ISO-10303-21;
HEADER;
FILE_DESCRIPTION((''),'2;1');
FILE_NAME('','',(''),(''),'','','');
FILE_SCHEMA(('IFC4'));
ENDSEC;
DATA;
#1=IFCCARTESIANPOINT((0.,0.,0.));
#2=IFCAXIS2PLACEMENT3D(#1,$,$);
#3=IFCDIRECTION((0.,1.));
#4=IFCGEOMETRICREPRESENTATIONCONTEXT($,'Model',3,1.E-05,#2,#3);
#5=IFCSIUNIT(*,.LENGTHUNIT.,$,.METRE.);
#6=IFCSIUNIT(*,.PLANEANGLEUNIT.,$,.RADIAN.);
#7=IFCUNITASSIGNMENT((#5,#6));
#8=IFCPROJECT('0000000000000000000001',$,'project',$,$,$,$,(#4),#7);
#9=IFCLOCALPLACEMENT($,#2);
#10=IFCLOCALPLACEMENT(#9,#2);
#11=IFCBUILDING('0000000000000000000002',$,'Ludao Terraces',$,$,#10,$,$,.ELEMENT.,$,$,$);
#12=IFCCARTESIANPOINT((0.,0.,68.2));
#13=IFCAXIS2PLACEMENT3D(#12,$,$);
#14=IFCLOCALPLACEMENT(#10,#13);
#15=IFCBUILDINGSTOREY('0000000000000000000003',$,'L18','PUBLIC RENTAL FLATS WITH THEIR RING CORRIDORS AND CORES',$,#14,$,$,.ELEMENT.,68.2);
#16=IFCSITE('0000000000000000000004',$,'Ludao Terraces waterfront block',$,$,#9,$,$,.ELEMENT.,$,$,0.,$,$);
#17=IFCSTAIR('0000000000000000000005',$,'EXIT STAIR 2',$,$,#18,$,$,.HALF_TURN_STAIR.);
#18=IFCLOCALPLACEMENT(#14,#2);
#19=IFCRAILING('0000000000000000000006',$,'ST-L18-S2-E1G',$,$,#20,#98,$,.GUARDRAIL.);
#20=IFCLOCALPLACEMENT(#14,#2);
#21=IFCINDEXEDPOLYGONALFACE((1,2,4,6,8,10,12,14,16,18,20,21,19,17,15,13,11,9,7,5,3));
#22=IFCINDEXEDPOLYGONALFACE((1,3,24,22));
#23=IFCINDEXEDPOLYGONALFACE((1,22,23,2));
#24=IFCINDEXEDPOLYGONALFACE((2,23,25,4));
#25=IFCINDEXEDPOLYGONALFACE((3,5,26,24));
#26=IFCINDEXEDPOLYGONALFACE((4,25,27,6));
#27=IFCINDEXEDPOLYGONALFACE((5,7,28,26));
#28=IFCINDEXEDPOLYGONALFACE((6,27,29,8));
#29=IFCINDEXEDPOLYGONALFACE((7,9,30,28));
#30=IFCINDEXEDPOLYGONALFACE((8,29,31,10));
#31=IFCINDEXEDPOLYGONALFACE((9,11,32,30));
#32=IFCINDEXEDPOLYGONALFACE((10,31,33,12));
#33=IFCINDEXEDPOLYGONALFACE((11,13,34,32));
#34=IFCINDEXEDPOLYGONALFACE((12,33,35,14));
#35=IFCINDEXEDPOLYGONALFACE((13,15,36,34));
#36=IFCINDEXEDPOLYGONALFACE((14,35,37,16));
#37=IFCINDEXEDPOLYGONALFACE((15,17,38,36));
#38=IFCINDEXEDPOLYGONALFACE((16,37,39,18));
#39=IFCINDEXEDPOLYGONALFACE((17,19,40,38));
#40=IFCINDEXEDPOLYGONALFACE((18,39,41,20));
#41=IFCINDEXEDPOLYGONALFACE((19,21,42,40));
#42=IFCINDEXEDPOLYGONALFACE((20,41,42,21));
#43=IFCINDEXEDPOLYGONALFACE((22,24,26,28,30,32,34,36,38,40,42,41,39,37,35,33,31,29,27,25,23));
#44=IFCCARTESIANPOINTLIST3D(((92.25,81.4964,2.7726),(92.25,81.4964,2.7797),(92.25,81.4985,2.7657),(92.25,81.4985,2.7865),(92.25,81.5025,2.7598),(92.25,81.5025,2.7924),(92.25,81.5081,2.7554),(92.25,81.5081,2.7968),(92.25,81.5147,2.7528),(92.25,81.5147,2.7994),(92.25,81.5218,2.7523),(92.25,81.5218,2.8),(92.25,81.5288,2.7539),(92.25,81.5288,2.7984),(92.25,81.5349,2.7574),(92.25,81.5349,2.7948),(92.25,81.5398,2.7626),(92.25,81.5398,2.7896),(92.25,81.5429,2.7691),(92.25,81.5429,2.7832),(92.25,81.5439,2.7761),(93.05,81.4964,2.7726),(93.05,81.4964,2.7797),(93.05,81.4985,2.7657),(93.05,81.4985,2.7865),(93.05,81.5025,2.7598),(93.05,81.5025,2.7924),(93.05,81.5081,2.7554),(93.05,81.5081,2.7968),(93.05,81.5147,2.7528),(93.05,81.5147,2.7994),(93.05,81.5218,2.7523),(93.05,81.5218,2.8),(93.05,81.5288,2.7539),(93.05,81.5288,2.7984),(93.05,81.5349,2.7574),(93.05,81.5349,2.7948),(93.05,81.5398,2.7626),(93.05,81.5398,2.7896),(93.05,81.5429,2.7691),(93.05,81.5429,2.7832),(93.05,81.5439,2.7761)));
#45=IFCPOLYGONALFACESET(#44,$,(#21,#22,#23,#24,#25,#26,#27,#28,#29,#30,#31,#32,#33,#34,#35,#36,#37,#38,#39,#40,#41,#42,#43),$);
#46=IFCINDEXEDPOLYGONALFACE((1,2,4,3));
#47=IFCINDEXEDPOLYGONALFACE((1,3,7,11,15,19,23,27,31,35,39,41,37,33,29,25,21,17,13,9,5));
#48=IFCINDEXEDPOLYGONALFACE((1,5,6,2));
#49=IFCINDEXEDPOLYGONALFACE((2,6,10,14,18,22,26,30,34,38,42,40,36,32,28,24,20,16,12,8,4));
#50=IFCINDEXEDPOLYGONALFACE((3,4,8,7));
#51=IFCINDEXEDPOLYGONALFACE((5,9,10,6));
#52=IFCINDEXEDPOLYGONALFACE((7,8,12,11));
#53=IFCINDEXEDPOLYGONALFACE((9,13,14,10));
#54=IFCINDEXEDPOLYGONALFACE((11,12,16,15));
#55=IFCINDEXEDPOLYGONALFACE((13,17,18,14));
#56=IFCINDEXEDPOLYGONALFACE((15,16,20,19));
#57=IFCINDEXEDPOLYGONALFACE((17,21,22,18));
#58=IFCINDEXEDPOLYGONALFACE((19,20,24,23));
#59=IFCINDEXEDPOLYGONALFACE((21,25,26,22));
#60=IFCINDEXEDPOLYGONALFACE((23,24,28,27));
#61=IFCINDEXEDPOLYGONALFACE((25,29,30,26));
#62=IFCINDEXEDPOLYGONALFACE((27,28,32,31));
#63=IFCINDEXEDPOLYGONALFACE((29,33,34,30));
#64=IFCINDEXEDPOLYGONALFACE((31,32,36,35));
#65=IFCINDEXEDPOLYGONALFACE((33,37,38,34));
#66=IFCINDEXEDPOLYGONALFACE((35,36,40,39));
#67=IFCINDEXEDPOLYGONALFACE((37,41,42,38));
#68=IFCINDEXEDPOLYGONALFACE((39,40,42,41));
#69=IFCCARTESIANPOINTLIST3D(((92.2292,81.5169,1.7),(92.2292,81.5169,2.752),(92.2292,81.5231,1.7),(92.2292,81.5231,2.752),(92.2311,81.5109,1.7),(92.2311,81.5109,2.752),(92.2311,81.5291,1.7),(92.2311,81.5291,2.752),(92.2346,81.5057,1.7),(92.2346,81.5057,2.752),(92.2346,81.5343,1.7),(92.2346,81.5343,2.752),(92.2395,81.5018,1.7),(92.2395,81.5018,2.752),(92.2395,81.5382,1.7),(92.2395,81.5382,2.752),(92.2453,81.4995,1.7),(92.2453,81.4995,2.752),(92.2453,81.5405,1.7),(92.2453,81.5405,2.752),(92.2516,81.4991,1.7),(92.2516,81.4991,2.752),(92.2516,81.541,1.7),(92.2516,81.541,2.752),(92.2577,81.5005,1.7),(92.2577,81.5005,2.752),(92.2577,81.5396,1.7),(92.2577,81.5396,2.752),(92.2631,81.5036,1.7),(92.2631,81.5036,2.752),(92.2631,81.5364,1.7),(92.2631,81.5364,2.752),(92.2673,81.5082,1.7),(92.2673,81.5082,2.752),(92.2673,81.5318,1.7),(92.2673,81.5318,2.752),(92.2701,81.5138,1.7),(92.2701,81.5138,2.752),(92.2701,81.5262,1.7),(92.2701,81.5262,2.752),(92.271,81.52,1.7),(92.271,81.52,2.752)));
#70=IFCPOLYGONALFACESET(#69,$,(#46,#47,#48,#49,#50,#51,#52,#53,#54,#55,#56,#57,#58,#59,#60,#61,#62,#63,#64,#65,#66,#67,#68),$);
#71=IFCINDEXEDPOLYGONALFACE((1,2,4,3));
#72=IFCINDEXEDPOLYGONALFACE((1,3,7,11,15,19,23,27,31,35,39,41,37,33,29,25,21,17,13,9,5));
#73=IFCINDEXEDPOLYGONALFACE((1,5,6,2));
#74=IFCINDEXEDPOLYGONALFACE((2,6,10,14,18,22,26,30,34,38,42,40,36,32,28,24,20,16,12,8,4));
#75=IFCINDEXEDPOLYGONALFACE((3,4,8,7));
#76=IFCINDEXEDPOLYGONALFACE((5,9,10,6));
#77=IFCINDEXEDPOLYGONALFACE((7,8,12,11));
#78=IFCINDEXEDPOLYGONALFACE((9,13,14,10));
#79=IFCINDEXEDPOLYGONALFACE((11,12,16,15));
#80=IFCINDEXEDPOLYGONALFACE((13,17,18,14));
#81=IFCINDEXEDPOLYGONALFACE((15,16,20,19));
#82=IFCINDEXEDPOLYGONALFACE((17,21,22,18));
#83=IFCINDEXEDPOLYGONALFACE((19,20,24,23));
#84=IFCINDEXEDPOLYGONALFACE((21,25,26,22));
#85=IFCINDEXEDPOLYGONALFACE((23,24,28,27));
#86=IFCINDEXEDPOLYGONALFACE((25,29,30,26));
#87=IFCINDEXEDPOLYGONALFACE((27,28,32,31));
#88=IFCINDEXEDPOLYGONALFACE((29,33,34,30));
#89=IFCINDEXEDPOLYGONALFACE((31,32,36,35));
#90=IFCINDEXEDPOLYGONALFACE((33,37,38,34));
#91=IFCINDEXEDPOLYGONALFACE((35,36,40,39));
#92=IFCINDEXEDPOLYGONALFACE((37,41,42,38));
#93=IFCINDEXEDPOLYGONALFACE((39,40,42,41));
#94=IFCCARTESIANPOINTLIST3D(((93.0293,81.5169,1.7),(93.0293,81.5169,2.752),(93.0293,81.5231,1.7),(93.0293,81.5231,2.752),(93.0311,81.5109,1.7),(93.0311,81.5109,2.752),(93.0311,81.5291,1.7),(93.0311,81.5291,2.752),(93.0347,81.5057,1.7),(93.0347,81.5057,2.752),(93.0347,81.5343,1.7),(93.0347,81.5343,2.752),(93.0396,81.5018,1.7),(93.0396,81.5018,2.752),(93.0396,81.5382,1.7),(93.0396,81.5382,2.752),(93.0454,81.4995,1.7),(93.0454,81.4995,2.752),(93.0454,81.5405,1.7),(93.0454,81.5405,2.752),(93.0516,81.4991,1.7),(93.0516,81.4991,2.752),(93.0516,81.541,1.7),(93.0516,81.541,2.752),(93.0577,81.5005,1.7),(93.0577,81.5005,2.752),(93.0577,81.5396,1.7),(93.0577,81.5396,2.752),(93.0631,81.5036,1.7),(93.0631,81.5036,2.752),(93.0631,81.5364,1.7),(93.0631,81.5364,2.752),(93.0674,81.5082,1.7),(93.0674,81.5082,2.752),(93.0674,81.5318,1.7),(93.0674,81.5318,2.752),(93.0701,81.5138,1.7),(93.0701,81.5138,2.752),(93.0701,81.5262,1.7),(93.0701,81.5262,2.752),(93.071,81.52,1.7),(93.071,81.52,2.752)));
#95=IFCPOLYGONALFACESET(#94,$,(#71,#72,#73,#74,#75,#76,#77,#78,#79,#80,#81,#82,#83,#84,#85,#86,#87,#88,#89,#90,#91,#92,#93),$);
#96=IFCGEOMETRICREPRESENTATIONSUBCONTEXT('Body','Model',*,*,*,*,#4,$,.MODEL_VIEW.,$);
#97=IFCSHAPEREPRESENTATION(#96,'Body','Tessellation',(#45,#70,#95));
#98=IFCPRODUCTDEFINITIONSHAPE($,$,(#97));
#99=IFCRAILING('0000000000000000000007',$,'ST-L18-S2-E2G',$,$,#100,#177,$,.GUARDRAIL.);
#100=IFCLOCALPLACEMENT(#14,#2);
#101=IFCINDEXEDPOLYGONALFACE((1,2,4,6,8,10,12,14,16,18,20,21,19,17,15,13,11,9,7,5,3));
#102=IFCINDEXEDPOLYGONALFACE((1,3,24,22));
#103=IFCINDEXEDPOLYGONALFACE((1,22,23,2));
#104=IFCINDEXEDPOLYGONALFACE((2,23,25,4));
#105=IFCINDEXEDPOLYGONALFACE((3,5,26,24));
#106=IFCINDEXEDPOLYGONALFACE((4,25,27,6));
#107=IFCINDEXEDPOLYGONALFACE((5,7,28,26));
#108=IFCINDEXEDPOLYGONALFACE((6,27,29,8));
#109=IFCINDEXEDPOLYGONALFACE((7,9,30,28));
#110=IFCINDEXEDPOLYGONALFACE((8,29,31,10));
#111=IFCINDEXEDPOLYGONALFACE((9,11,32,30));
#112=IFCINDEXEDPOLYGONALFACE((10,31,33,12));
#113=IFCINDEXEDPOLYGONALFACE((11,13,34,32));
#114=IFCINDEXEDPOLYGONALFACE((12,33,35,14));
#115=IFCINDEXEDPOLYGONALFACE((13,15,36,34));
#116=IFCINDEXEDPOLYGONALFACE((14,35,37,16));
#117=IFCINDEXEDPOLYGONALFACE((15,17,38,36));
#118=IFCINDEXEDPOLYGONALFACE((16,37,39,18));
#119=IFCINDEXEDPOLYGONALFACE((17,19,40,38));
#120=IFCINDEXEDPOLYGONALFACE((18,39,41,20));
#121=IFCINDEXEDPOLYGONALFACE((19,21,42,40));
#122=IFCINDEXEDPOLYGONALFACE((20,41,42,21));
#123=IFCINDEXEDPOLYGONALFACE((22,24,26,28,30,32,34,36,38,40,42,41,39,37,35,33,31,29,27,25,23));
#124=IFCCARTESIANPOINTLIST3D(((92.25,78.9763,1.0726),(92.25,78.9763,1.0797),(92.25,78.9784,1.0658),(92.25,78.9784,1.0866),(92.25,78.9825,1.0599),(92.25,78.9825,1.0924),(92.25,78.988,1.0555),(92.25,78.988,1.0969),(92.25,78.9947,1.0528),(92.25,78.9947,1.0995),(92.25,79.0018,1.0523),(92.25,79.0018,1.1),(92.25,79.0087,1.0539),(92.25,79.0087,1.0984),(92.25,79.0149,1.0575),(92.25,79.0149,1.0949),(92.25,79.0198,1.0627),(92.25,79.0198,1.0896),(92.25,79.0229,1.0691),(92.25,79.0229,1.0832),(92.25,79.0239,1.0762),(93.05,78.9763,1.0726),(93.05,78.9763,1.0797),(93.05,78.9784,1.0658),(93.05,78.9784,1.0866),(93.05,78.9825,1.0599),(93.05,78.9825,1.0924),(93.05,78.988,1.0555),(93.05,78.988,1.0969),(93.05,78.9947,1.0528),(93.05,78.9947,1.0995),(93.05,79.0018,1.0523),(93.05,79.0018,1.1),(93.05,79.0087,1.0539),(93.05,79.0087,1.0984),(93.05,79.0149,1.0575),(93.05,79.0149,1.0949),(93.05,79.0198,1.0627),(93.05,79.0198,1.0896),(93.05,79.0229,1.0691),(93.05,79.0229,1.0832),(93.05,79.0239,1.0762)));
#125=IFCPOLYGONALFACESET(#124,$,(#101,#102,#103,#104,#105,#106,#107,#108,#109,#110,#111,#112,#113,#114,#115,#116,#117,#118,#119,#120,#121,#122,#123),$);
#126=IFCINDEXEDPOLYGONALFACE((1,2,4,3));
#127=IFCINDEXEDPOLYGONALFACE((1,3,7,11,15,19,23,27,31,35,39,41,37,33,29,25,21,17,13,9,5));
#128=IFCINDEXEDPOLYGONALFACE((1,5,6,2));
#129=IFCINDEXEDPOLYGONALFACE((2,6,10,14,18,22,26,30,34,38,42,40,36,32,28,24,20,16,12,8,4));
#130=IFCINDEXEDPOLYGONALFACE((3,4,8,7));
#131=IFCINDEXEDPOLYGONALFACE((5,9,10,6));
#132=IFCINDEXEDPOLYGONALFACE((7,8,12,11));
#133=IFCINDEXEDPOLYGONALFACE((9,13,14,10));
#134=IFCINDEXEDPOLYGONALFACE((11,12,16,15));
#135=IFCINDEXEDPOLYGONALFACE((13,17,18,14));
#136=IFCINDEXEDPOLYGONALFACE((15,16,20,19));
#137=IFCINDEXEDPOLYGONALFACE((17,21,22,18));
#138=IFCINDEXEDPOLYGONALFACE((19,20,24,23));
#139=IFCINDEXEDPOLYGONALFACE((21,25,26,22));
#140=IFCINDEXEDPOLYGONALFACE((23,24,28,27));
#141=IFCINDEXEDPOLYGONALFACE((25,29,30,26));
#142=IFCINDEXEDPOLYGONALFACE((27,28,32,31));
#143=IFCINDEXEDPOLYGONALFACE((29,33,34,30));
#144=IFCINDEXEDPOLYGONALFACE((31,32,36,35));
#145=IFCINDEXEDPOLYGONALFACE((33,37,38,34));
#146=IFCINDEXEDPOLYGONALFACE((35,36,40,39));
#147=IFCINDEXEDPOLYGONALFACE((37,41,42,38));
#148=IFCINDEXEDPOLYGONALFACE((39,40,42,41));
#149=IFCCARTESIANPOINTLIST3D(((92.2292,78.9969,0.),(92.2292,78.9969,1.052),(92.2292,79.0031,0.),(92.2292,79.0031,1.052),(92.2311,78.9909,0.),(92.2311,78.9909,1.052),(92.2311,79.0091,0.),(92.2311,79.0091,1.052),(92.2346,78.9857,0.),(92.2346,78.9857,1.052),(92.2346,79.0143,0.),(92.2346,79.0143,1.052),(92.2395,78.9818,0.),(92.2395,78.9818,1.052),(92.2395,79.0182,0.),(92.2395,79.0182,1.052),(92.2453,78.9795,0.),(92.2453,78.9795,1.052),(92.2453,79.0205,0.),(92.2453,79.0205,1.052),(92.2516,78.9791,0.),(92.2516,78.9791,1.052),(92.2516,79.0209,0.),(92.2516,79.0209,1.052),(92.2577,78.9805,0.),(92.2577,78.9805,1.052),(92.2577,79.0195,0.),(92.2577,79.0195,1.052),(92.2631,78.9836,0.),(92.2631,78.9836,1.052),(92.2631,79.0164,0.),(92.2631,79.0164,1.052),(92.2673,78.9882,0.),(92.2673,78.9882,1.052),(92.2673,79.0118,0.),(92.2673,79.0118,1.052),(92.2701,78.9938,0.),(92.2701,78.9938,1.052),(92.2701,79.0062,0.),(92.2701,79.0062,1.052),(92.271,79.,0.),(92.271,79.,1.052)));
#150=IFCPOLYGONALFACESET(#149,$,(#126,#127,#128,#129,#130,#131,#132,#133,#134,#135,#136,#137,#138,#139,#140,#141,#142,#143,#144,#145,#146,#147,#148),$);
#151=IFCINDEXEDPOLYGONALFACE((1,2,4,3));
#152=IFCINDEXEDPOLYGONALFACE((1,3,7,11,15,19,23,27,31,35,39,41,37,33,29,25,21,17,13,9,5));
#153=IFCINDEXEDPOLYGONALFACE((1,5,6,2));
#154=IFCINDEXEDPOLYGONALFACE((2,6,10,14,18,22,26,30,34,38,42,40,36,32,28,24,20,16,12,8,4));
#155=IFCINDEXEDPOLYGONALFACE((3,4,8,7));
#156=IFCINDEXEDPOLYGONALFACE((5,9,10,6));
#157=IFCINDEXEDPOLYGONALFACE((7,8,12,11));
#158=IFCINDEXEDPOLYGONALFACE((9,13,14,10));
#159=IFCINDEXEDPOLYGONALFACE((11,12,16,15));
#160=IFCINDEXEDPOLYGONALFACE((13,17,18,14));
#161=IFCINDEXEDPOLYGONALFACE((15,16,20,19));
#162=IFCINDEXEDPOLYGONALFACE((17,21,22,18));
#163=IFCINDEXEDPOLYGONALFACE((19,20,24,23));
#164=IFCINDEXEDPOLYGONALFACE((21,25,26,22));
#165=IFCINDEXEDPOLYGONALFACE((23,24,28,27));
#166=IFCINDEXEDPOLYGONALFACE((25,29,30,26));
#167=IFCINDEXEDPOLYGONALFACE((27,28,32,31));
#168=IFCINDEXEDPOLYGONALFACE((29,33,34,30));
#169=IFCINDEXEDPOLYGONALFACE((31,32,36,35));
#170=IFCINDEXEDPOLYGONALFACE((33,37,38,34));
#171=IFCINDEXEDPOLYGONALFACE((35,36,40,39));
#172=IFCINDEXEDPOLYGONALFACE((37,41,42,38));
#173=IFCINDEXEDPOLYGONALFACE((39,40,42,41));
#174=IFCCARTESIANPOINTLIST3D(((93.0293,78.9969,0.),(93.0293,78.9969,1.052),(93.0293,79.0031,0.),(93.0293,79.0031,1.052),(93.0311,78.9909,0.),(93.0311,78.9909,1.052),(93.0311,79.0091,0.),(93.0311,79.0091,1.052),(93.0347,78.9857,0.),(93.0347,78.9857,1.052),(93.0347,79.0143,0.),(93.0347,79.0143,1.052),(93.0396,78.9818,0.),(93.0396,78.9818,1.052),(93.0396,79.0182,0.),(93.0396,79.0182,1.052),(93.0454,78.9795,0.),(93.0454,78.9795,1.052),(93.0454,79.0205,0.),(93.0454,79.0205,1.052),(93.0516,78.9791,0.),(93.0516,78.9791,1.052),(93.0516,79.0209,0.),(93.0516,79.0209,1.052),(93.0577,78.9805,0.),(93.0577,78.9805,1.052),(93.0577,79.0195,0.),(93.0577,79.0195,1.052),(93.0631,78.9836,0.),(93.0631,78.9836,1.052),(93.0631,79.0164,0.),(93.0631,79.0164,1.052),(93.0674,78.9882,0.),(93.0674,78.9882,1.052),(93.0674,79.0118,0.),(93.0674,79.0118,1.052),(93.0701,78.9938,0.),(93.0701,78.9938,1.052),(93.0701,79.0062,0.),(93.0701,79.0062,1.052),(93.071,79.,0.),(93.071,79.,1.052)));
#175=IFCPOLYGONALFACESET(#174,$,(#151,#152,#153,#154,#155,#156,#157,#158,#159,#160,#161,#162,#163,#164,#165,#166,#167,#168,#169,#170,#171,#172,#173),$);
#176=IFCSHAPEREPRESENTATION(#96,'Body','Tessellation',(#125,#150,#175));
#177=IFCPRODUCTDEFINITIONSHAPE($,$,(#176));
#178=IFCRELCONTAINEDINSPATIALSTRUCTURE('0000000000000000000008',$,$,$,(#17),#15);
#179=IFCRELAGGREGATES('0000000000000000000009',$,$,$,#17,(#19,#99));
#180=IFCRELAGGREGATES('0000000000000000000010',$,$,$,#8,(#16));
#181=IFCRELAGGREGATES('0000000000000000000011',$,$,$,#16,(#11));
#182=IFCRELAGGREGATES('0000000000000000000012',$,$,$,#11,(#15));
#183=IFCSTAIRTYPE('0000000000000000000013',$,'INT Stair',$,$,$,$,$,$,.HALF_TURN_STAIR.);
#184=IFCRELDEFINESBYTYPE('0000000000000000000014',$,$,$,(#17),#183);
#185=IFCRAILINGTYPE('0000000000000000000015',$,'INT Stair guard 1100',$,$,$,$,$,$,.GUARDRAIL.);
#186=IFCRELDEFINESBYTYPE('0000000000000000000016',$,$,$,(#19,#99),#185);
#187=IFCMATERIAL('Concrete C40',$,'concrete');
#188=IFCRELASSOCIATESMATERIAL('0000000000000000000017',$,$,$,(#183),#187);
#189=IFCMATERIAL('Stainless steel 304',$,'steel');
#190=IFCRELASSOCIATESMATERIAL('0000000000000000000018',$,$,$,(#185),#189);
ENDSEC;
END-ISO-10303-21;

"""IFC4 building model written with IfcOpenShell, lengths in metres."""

from ifc_helpers import new_model, si_unit, direction, frame, origin, origin_2d, place, context, subcontext, project, spatial, circle, extrude, material, type_object, element, aggregate, save


model = new_model("IFC4")

# Units and contexts
model_context = context("Model", 3, precision=1e-05, world=origin(), true_north=direction((0.0, 1.0)))
body_context = subcontext(model_context, "Body", "Model", "MODEL_VIEW")
ifc_project = project(units=[si_unit("LENGTHUNIT", "METRE"), si_unit("PLANEANGLEUNIT", "RADIAN")], contexts=[model_context])

# Site, building, storey
site_placement = place(None, origin())
site = spatial("IfcSite", under=ifc_project, at=site_placement, Name="Ludao Terraces waterfront block", CompositionType="ELEMENT", RefElevation=0.0)
building_placement = place(site_placement, origin())
building = spatial("IfcBuilding", under=site, at=building_placement, Name="Ludao Terraces", CompositionType="ELEMENT")
storey_placement = place(building_placement, frame((0.0, 0.0, 68.2)))
storey = spatial("IfcBuildingStorey", under=building, at=storey_placement, Name="L18", Description="PUBLIC RENTAL FLATS WITH THEIR RING CORRIDORS AND CORES", CompositionType="ELEMENT", Elevation=68.2)

# Shared definitions
ifc_material_1 = material(Name="Concrete C40", Category="concrete")

# Shared definitions
ifc_material_2 = material(Name="Stainless steel 304", Category="steel")

# Stair, railings
stair_type = type_object("IfcStairType", Name="INT Stair", PredefinedType="HALF_TURN_STAIR", material=ifc_material_1)
stair_placement = place(storey_placement, origin())
stair = element("IfcStair", 1, at=stair_placement, inside=storey, type_object=stair_type, Name="EXIT STAIR 2", PredefinedType="HALF_TURN_STAIR")
railing_type_1 = type_object("IfcRailingType", Name="INT Stair guard 1100", PredefinedType="GUARDRAIL", material=ifc_material_2)
railing_1_placement = place(storey_placement, frame((92.25, 81.52, 1.7)))
railing_1 = element("IfcRailing", 2, at=railing_1_placement, type_object=railing_type_1, Name="ST-L18-S2-E1G", PredefinedType="GUARDRAIL", context=body_context, shape_type="SweptSolid", body=[
    extrude(circle(Radius=0.0239, at=origin_2d()), frame((0.0, 0.0, 1.0762), z_axis=(1.0, 0.0, 0.0), x_axis=(0.0, 1.0, 0.0)), (0.0, 0.0, 1.0), 0.8),
    extrude(circle(Radius=0.021, at=origin_2d()), origin(), (0.0, 0.0, 1.0), 1.052),
    extrude(circle(Radius=0.021, at=origin_2d()), frame((0.8, 0.0, 0.0)), (0.0, 0.0, 1.0), 1.052),
])
railing_2_placement = place(storey_placement, frame((92.25, 79.0, 0.0)))
railing_2 = element("IfcRailing", 3, at=railing_2_placement, type_object=railing_type_1, Name="ST-L18-S2-E2G", PredefinedType="GUARDRAIL", context=body_context, shape_type="SweptSolid", body=[
    extrude(circle(Radius=0.0239, at=origin_2d()), frame((0.0, 0.0, 1.0762), z_axis=(1.0, 0.0, 0.0), x_axis=(0.0, 1.0, 0.0)), (0.0, 0.0, 1.0), 0.8),
    extrude(circle(Radius=0.021, at=origin_2d()), origin(), (0.0, 0.0, 1.0), 1.052),
    extrude(circle(Radius=0.021, at=origin_2d()), frame((0.8, 0.0, 0.0)), (0.0, 0.0, 1.0), 1.052),
])
aggregate(stair, [railing_1, railing_2])

save(model, "model.ifc")
